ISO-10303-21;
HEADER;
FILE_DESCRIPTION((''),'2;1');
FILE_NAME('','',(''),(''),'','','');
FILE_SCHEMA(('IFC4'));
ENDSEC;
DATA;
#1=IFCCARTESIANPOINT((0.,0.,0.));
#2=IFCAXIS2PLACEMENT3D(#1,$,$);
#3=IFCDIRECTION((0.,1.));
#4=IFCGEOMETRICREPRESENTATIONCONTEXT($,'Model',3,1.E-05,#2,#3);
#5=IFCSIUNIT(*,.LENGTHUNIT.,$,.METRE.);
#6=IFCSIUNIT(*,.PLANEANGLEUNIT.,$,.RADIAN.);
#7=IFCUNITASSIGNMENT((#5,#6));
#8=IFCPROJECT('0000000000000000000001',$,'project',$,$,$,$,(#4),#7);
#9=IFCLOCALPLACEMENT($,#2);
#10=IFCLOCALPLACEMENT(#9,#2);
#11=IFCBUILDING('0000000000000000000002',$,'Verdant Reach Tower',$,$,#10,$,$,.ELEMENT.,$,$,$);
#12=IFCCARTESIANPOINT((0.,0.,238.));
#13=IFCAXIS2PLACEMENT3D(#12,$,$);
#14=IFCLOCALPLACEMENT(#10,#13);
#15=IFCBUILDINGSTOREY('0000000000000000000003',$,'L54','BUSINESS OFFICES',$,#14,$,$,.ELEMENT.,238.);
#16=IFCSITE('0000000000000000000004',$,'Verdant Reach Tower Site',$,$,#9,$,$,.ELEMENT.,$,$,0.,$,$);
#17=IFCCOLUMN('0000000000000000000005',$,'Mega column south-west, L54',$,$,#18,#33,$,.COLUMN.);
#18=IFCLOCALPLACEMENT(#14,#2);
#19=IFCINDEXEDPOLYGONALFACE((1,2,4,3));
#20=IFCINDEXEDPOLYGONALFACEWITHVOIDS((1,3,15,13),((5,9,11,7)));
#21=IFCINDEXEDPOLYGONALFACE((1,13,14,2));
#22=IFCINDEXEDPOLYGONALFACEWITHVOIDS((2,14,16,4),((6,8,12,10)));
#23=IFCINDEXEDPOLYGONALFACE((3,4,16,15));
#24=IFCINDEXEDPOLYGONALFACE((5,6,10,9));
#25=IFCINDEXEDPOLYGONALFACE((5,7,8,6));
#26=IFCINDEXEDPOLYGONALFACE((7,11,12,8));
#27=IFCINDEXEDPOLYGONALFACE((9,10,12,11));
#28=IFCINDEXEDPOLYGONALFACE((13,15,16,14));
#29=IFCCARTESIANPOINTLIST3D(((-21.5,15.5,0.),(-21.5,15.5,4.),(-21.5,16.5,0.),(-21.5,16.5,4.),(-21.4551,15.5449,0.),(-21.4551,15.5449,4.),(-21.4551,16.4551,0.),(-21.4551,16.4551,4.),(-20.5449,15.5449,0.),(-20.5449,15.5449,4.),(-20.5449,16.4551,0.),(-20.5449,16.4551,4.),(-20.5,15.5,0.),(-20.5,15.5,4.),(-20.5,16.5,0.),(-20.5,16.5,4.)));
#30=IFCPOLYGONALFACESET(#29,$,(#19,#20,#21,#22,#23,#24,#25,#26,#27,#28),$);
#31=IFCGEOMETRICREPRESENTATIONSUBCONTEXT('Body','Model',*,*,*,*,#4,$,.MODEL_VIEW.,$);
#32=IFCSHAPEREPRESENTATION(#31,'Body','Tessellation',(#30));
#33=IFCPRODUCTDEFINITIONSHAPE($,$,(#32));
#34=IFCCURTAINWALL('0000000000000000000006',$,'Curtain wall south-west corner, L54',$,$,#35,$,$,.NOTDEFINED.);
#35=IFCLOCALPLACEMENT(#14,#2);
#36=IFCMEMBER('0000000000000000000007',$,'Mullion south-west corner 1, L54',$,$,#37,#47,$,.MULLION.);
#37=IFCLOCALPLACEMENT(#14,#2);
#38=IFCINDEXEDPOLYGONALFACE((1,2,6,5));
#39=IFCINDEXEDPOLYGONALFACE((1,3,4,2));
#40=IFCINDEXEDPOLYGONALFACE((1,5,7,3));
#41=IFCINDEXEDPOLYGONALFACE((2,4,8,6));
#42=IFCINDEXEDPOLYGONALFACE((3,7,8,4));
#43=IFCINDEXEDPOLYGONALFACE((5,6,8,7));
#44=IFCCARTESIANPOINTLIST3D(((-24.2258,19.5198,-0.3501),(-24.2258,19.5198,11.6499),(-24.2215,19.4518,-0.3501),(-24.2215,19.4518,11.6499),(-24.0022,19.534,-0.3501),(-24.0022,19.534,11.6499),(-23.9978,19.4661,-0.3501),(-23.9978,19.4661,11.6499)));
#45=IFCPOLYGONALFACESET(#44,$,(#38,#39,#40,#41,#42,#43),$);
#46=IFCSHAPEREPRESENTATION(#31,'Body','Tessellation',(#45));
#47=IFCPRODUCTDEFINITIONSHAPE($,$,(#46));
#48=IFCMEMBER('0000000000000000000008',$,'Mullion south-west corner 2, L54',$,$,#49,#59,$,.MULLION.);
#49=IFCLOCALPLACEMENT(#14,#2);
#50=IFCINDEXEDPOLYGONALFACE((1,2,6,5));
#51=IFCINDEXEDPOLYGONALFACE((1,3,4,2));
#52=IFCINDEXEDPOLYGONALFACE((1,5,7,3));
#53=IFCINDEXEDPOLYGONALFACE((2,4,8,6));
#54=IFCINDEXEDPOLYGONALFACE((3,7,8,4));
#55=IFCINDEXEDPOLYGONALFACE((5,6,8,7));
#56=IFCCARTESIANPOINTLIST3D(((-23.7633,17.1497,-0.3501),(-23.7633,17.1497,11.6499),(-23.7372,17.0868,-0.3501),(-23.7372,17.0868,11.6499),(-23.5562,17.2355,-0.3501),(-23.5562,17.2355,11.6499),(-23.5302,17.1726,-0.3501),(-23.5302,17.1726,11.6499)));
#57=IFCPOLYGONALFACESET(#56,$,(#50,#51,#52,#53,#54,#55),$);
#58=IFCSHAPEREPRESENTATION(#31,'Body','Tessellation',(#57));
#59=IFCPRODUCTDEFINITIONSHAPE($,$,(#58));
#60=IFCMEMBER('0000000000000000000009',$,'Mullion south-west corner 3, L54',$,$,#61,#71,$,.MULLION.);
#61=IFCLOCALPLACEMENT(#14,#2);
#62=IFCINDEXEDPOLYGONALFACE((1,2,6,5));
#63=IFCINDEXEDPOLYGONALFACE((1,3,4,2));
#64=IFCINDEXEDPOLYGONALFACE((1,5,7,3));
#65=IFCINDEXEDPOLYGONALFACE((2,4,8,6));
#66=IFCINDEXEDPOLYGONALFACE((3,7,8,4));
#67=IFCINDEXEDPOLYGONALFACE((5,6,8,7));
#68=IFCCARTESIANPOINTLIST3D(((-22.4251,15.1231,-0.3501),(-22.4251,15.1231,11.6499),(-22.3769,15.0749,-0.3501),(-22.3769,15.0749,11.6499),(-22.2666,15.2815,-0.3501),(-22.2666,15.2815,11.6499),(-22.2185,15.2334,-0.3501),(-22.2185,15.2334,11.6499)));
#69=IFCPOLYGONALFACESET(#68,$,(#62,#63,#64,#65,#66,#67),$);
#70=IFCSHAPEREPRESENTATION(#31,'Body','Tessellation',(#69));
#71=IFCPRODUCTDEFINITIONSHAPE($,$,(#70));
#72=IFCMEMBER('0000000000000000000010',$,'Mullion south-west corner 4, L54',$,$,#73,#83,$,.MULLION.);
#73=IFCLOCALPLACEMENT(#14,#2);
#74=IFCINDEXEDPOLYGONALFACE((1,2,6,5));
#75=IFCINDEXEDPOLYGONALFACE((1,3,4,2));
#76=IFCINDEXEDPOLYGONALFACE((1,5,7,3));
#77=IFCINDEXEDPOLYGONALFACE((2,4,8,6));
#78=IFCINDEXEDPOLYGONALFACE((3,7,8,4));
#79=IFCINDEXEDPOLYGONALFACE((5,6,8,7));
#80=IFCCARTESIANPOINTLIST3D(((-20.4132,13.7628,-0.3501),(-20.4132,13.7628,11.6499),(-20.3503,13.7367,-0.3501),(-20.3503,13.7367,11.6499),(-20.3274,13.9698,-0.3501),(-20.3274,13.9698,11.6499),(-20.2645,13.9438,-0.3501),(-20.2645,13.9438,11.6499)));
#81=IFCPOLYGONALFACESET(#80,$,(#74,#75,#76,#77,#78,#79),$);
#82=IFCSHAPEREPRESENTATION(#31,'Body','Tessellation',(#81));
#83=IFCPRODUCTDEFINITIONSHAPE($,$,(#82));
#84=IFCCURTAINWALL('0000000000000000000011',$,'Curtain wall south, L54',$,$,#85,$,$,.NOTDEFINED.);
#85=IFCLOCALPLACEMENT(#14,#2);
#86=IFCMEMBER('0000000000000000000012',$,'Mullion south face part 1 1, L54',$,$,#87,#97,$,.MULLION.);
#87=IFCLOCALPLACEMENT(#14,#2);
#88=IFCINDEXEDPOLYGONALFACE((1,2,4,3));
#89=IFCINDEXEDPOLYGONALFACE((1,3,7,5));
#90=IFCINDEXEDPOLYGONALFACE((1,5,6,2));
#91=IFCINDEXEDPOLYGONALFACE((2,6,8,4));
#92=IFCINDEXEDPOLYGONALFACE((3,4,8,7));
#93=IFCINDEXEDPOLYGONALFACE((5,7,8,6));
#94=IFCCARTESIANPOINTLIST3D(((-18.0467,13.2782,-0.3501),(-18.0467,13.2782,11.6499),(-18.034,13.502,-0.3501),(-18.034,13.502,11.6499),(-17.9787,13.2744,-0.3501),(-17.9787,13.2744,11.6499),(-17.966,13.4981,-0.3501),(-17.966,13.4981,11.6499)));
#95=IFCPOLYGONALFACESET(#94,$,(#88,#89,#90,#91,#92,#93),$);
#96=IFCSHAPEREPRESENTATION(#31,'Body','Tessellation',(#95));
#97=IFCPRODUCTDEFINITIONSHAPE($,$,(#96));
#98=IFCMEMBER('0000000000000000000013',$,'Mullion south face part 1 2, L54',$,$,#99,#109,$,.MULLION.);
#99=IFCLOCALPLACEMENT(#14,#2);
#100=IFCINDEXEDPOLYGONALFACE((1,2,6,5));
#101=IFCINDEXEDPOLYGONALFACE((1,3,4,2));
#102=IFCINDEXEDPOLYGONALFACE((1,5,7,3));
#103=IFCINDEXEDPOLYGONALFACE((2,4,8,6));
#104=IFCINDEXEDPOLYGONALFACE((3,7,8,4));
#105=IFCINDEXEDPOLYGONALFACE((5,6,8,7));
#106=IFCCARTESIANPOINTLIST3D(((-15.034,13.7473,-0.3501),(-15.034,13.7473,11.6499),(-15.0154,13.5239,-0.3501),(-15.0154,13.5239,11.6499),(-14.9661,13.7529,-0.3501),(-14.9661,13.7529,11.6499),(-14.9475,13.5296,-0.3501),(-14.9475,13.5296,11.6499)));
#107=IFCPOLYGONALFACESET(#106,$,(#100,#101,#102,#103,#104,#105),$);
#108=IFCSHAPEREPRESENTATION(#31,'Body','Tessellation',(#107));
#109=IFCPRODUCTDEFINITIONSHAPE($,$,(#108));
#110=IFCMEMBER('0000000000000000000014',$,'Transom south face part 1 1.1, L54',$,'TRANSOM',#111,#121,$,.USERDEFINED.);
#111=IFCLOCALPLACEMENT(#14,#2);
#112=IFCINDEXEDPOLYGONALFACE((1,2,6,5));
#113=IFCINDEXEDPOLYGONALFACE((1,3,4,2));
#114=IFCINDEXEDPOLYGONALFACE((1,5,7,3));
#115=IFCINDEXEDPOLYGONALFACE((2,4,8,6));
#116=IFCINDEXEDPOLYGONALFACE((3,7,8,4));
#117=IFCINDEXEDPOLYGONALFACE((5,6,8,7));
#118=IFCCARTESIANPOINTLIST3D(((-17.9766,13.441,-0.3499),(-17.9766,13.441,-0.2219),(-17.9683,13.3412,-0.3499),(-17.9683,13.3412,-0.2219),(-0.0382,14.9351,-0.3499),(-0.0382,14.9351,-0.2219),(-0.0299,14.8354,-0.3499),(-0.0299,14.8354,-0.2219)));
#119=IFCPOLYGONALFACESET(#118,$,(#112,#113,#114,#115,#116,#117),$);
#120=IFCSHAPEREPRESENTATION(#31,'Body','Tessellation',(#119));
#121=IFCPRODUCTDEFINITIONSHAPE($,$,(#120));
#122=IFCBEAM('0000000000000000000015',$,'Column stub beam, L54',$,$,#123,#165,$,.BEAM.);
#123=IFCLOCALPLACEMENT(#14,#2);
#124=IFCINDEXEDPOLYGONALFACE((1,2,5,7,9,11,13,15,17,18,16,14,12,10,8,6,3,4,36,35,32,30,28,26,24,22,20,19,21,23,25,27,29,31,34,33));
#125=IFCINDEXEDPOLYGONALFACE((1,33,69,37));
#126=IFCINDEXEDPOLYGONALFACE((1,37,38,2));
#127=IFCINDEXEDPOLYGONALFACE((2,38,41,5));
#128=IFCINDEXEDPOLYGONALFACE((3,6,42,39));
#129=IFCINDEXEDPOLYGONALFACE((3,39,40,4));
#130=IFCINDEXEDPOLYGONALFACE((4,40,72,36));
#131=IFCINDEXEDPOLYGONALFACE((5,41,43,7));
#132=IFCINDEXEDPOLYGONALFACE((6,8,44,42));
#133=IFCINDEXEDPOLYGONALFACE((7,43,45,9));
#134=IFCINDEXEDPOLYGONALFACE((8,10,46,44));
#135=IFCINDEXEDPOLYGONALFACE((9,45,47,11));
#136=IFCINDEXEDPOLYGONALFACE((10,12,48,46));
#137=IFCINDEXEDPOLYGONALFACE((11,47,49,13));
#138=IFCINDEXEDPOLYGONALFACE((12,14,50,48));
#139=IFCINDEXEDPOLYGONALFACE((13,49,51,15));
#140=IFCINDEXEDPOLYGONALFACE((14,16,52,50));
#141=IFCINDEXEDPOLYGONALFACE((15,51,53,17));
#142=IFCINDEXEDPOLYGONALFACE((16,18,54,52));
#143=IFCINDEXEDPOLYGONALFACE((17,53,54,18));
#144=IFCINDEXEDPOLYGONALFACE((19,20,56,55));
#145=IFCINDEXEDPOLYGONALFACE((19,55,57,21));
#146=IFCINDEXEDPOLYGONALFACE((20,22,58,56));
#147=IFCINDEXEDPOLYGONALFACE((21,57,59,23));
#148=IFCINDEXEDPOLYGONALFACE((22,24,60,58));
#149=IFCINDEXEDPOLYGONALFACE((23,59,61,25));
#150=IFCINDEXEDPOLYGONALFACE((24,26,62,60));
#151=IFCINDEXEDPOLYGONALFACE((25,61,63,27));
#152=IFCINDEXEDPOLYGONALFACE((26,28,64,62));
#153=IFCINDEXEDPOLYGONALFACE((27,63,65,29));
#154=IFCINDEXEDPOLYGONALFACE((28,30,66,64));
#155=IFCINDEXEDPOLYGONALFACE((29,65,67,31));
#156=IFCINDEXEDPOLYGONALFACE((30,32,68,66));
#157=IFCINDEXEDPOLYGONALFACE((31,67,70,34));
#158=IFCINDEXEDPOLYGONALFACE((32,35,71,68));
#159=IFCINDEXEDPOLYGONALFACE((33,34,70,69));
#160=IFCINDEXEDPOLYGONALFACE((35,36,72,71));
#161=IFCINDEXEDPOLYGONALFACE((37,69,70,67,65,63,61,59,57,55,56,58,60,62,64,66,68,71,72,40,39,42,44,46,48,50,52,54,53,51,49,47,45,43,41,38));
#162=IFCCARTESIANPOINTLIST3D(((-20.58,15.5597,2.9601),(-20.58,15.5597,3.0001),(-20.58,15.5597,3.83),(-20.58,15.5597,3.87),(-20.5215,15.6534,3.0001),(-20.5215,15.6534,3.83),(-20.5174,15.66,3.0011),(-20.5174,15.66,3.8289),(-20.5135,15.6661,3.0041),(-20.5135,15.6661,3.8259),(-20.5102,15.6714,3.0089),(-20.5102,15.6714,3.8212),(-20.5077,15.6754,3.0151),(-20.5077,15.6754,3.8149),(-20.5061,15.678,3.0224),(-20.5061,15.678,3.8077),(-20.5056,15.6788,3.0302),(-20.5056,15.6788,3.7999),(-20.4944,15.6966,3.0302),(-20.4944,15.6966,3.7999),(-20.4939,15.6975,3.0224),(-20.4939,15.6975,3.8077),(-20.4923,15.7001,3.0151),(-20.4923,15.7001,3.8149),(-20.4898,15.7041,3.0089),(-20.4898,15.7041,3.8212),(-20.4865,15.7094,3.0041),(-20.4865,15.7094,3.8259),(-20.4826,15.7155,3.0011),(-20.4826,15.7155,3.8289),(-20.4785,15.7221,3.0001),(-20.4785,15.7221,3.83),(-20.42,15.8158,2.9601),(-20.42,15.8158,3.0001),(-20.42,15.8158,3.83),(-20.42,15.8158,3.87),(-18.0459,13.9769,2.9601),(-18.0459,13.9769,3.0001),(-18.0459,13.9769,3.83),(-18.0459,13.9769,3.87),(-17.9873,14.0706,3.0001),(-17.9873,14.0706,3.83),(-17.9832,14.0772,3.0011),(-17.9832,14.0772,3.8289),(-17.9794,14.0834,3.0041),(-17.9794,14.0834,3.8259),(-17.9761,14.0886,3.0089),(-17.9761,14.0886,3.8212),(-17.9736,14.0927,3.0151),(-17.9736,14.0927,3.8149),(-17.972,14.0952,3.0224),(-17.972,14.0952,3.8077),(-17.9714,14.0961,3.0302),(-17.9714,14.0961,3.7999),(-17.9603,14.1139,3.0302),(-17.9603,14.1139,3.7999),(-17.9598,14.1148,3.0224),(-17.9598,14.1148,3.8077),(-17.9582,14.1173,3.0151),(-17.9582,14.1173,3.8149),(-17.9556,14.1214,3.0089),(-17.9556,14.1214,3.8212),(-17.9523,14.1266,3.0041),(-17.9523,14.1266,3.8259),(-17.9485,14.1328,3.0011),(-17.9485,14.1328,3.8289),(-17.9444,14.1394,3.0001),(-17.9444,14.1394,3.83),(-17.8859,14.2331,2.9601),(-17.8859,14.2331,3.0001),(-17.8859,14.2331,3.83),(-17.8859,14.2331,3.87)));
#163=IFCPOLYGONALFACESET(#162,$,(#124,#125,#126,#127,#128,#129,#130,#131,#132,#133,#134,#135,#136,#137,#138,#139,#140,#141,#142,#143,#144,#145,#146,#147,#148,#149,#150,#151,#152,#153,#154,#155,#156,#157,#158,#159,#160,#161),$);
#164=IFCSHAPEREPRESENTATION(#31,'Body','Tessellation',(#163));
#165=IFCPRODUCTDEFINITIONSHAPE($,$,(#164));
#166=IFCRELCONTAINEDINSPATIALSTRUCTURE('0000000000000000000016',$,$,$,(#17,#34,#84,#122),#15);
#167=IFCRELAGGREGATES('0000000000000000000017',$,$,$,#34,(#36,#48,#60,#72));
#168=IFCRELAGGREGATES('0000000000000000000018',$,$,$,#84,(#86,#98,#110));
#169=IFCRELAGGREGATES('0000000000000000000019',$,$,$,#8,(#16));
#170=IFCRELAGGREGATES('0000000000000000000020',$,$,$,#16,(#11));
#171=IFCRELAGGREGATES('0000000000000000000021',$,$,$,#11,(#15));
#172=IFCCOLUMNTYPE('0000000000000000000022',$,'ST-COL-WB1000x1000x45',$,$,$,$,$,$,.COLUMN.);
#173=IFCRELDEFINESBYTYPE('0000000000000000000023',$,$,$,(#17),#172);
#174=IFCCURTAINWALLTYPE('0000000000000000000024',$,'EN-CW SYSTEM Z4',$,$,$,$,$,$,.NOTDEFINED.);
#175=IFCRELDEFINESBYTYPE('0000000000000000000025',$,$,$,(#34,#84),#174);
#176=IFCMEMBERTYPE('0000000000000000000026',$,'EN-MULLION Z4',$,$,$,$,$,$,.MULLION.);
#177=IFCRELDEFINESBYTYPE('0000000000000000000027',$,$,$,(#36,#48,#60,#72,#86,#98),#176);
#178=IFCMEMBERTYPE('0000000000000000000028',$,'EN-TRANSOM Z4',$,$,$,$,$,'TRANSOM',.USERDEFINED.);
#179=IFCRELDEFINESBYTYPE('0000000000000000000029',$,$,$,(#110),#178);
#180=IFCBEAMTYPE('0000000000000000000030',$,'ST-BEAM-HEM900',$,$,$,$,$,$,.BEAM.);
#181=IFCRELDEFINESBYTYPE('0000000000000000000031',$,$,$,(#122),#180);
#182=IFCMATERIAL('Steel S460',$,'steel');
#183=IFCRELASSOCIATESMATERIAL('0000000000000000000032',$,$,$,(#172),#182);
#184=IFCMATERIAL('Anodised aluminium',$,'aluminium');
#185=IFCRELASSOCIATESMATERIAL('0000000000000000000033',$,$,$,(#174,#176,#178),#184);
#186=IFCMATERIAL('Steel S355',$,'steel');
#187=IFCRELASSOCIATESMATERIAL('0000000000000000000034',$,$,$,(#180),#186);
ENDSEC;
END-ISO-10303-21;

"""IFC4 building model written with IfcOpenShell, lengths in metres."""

from ifc_helpers import new_model, si_unit, direction, frame, origin, origin_2d, place, context, subcontext, project, spatial, rectangle, hollow_rectangle, i_section, extrude, material, material_profile, profile_set, type_object, element, aggregate, save


model = new_model("IFC4")

# Units and contexts
model_context = context("Model", 3, precision=1e-05, world=origin(), true_north=direction((0.0, 1.0)))
body_context = subcontext(model_context, "Body", "Model", "MODEL_VIEW")
ifc_project = project(units=[si_unit("LENGTHUNIT", "METRE"), si_unit("PLANEANGLEUNIT", "RADIAN")], contexts=[model_context])

# Site, building, storey
site_placement = place(None, origin())
site = spatial("IfcSite", under=ifc_project, at=site_placement, Name="Verdant Reach Tower Site", CompositionType="ELEMENT", RefElevation=0.0)
building_placement = place(site_placement, origin())
building = spatial("IfcBuilding", under=site, at=building_placement, Name="Verdant Reach Tower", CompositionType="ELEMENT")
storey_placement = place(building_placement, frame((0.0, 0.0, 238.0)))
storey = spatial("IfcBuildingStorey", under=building, at=storey_placement, Name="L54", Description="BUSINESS OFFICES", CompositionType="ELEMENT", Elevation=238.0)

# Column
ifc_material_1 = material(Name="Steel S460", Category="steel")
ifc_material_profile_1 = material_profile(ifc_material_1, hollow_rectangle(XDim=1.0, YDim=1.0, WallThickness=0.0449, at=origin_2d()), Name="WB 1000x1000x45")
ifc_profile_set_1 = profile_set([ifc_material_profile_1], Name="Steel S460")
column_type = type_object("IfcColumnType", Name="ST-COL-WB1000x1000x45", PredefinedType="COLUMN", material=ifc_profile_set_1)
column_placement = place(storey_placement, frame((-21.0, 16.0, 0.0), z_axis=(0.0, 0.0, 1.0), x_axis=(1.0, 0.0, 0.0)))
element("IfcColumn", 1, at=column_placement, inside=storey, type_object=column_type, Name="Mega column south-west, L54", PredefinedType="COLUMN", context=body_context, shape_type="SweptSolid", body=[
    extrude(hollow_rectangle(XDim=1.0, YDim=1.0, WallThickness=0.0449, at=origin_2d()), origin(), (0.0, 0.0, 1.0), 4.0),
])

# Curtain walls, members
ifc_material_2 = material(Name="Anodised aluminium", Category="aluminium")
curtain_wall_type = type_object("IfcCurtainWallType", Name="EN-CW SYSTEM Z4", PredefinedType="NOTDEFINED", material=ifc_material_2)
curtain_wall_1_placement = place(storey_placement, origin())
curtain_wall_1 = element("IfcCurtainWall", 2, at=curtain_wall_1_placement, inside=storey, type_object=curtain_wall_type, Name="Curtain wall south-west corner, L54", PredefinedType="NOTDEFINED")
ifc_material_profile_2 = material_profile(ifc_material_2, rectangle(XDim=0.2241, YDim=0.0681, at=origin_2d()), Name="Mullion 68x224")
ifc_profile_set_2 = profile_set([ifc_material_profile_2], Name="Anodised aluminium")
member_type_1 = type_object("IfcMemberType", Name="EN-MULLION Z4", PredefinedType="MULLION", material=ifc_profile_set_2)
member_1_placement = place(storey_placement, frame((-24.1118, 19.4929, -0.3501), z_axis=(0.0, 0.0, 1.0), x_axis=(-0.997969, -0.063699, 0.0)))
member_1 = element("IfcMember", 3, at=member_1_placement, type_object=member_type_1, Name="Mullion south-west corner 1, L54", PredefinedType="MULLION", context=body_context, shape_type="SweptSolid", body=[
    extrude(rectangle(XDim=0.2241, YDim=0.0681, at=origin_2d()), origin(), (0.0, 0.0, 1.0), 12.0),
])
member_2_placement = place(storey_placement, frame((-23.6467, 17.1611, -0.3501), z_axis=(0.0, 0.0, 1.0), x_axis=(-0.923875, -0.382694, 0.0)))
member_2 = element("IfcMember", 4, at=member_2_placement, type_object=member_type_1, Name="Mullion south-west corner 2, L54", PredefinedType="MULLION", context=body_context, shape_type="SweptSolid", body=[
    extrude(rectangle(XDim=0.2241, YDim=0.0681, at=origin_2d()), origin(), (0.0, 0.0, 1.0), 12.0),
])
member_3_placement = place(storey_placement, frame((-22.3218, 15.1782, -0.3501), z_axis=(0.0, 0.0, 1.0), x_axis=(-0.707107, -0.707107, 0.0)))
member_3 = element("IfcMember", 5, at=member_3_placement, type_object=member_type_1, Name="Mullion south-west corner 3, L54", PredefinedType="MULLION", context=body_context, shape_type="SweptSolid", body=[
    extrude(rectangle(XDim=0.2241, YDim=0.0681, at=origin_2d()), origin(), (0.0, 0.0, 1.0), 12.0),
])
member_4_placement = place(storey_placement, frame((-20.3389, 13.8533, -0.3501), z_axis=(0.0, 0.0, 1.0), x_axis=(-0.382694, -0.923875, 0.0)))
member_4 = element("IfcMember", 6, at=member_4_placement, type_object=member_type_1, Name="Mullion south-west corner 4, L54", PredefinedType="MULLION", context=body_context, shape_type="SweptSolid", body=[
    extrude(rectangle(XDim=0.2241, YDim=0.0681, at=origin_2d()), origin(), (0.0, 0.0, 1.0), 12.0),
])
curtain_wall_2_placement = place(storey_placement, origin())
curtain_wall_2 = element("IfcCurtainWall", 7, at=curtain_wall_2_placement, inside=storey, type_object=curtain_wall_type, Name="Curtain wall south, L54", PredefinedType="NOTDEFINED")
member_5_placement = place(storey_placement, frame((-18.0063, 13.3882, -0.3501), z_axis=(0.0, 0.0, 1.0), x_axis=(-0.056569, -0.998399, 0.0)))
member_5 = element("IfcMember", 8, at=member_5_placement, type_object=member_type_1, Name="Mullion south face part 1 1, L54", PredefinedType="MULLION", context=body_context, shape_type="SweptSolid", body=[
    extrude(rectangle(XDim=0.2241, YDim=0.0681, at=origin_2d()), origin(), (0.0, 0.0, 1.0), 12.0),
])
member_6_placement = place(storey_placement, frame((-14.9907, 13.6384, -0.3501), z_axis=(0.0, 0.0, 1.0), x_axis=(0.083045, -0.996546, 0.0)))
member_6 = element("IfcMember", 9, at=member_6_placement, type_object=member_type_1, Name="Mullion south face part 1 2, L54", PredefinedType="MULLION", context=body_context, shape_type="SweptSolid", body=[
    extrude(rectangle(XDim=0.2241, YDim=0.0681, at=origin_2d()), origin(), (0.0, 0.0, 1.0), 12.0),
])
ifc_material_profile_3 = material_profile(ifc_material_2, rectangle(XDim=0.1001, YDim=0.1279, at=origin_2d()), Name="Transom 128x100")
ifc_profile_set_3 = profile_set([ifc_material_profile_3], Name="Anodised aluminium")
member_type_2 = type_object("IfcMemberType", Name="EN-TRANSOM Z4", ElementType="TRANSOM", PredefinedType="USERDEFINED", material=ifc_profile_set_3)
member_7_placement = place(storey_placement, frame((-17.9724, 13.3911, -0.2859), z_axis=(0.996549, 0.083005, 0.0), x_axis=(-0.083005, 0.996549, 0.0)))
member_7 = element("IfcMember", 10, at=member_7_placement, type_object=member_type_2, Name="Transom south face part 1 1.1, L54", ObjectType="TRANSOM", PredefinedType="USERDEFINED", context=body_context, shape_type="SweptSolid", body=[
    extrude(rectangle(XDim=0.1001, YDim=0.1279, at=origin_2d()), origin(), (0.0, 0.0, 1.0), 18.0005),
])

# Beam
ifc_material_3 = material(Name="Steel S355", Category="steel")
ifc_material_profile_4 = material_profile(ifc_material_3, i_section(OverallWidth=0.302, OverallDepth=0.9099, WebThickness=0.021, FlangeThickness=0.04, FilletRadius=0.03, at=origin_2d()), Name="HEM 900")
ifc_profile_set_4 = profile_set([ifc_material_profile_4], Name="Steel S355")
beam_type_1 = type_object("IfcBeamType", Name="ST-BEAM-HEM900", PredefinedType="BEAM", material=ifc_profile_set_4)
beam_1_placement = place(storey_placement, frame((-20.5, 15.6877, 3.415), z_axis=(0.848164, -0.529735, 0.0), x_axis=(0.529735, 0.848164, 0.0)))
element("IfcBeam", 11, at=beam_1_placement, inside=storey, type_object=beam_type_1, Name="Column stub beam, L54", PredefinedType="BEAM", context=body_context, shape_type="SweptSolid", body=[
    extrude(i_section(OverallWidth=0.302, OverallDepth=0.9099, WebThickness=0.021, FlangeThickness=0.04, FilletRadius=0.03, at=origin_2d()), origin(), (0.0, 0.0, 1.0), 2.9878),
])

aggregate(curtain_wall_1, [member_1, member_2, member_3, member_4])
aggregate(curtain_wall_2, [member_5, member_6, member_7])

save(model, "model.ifc")
